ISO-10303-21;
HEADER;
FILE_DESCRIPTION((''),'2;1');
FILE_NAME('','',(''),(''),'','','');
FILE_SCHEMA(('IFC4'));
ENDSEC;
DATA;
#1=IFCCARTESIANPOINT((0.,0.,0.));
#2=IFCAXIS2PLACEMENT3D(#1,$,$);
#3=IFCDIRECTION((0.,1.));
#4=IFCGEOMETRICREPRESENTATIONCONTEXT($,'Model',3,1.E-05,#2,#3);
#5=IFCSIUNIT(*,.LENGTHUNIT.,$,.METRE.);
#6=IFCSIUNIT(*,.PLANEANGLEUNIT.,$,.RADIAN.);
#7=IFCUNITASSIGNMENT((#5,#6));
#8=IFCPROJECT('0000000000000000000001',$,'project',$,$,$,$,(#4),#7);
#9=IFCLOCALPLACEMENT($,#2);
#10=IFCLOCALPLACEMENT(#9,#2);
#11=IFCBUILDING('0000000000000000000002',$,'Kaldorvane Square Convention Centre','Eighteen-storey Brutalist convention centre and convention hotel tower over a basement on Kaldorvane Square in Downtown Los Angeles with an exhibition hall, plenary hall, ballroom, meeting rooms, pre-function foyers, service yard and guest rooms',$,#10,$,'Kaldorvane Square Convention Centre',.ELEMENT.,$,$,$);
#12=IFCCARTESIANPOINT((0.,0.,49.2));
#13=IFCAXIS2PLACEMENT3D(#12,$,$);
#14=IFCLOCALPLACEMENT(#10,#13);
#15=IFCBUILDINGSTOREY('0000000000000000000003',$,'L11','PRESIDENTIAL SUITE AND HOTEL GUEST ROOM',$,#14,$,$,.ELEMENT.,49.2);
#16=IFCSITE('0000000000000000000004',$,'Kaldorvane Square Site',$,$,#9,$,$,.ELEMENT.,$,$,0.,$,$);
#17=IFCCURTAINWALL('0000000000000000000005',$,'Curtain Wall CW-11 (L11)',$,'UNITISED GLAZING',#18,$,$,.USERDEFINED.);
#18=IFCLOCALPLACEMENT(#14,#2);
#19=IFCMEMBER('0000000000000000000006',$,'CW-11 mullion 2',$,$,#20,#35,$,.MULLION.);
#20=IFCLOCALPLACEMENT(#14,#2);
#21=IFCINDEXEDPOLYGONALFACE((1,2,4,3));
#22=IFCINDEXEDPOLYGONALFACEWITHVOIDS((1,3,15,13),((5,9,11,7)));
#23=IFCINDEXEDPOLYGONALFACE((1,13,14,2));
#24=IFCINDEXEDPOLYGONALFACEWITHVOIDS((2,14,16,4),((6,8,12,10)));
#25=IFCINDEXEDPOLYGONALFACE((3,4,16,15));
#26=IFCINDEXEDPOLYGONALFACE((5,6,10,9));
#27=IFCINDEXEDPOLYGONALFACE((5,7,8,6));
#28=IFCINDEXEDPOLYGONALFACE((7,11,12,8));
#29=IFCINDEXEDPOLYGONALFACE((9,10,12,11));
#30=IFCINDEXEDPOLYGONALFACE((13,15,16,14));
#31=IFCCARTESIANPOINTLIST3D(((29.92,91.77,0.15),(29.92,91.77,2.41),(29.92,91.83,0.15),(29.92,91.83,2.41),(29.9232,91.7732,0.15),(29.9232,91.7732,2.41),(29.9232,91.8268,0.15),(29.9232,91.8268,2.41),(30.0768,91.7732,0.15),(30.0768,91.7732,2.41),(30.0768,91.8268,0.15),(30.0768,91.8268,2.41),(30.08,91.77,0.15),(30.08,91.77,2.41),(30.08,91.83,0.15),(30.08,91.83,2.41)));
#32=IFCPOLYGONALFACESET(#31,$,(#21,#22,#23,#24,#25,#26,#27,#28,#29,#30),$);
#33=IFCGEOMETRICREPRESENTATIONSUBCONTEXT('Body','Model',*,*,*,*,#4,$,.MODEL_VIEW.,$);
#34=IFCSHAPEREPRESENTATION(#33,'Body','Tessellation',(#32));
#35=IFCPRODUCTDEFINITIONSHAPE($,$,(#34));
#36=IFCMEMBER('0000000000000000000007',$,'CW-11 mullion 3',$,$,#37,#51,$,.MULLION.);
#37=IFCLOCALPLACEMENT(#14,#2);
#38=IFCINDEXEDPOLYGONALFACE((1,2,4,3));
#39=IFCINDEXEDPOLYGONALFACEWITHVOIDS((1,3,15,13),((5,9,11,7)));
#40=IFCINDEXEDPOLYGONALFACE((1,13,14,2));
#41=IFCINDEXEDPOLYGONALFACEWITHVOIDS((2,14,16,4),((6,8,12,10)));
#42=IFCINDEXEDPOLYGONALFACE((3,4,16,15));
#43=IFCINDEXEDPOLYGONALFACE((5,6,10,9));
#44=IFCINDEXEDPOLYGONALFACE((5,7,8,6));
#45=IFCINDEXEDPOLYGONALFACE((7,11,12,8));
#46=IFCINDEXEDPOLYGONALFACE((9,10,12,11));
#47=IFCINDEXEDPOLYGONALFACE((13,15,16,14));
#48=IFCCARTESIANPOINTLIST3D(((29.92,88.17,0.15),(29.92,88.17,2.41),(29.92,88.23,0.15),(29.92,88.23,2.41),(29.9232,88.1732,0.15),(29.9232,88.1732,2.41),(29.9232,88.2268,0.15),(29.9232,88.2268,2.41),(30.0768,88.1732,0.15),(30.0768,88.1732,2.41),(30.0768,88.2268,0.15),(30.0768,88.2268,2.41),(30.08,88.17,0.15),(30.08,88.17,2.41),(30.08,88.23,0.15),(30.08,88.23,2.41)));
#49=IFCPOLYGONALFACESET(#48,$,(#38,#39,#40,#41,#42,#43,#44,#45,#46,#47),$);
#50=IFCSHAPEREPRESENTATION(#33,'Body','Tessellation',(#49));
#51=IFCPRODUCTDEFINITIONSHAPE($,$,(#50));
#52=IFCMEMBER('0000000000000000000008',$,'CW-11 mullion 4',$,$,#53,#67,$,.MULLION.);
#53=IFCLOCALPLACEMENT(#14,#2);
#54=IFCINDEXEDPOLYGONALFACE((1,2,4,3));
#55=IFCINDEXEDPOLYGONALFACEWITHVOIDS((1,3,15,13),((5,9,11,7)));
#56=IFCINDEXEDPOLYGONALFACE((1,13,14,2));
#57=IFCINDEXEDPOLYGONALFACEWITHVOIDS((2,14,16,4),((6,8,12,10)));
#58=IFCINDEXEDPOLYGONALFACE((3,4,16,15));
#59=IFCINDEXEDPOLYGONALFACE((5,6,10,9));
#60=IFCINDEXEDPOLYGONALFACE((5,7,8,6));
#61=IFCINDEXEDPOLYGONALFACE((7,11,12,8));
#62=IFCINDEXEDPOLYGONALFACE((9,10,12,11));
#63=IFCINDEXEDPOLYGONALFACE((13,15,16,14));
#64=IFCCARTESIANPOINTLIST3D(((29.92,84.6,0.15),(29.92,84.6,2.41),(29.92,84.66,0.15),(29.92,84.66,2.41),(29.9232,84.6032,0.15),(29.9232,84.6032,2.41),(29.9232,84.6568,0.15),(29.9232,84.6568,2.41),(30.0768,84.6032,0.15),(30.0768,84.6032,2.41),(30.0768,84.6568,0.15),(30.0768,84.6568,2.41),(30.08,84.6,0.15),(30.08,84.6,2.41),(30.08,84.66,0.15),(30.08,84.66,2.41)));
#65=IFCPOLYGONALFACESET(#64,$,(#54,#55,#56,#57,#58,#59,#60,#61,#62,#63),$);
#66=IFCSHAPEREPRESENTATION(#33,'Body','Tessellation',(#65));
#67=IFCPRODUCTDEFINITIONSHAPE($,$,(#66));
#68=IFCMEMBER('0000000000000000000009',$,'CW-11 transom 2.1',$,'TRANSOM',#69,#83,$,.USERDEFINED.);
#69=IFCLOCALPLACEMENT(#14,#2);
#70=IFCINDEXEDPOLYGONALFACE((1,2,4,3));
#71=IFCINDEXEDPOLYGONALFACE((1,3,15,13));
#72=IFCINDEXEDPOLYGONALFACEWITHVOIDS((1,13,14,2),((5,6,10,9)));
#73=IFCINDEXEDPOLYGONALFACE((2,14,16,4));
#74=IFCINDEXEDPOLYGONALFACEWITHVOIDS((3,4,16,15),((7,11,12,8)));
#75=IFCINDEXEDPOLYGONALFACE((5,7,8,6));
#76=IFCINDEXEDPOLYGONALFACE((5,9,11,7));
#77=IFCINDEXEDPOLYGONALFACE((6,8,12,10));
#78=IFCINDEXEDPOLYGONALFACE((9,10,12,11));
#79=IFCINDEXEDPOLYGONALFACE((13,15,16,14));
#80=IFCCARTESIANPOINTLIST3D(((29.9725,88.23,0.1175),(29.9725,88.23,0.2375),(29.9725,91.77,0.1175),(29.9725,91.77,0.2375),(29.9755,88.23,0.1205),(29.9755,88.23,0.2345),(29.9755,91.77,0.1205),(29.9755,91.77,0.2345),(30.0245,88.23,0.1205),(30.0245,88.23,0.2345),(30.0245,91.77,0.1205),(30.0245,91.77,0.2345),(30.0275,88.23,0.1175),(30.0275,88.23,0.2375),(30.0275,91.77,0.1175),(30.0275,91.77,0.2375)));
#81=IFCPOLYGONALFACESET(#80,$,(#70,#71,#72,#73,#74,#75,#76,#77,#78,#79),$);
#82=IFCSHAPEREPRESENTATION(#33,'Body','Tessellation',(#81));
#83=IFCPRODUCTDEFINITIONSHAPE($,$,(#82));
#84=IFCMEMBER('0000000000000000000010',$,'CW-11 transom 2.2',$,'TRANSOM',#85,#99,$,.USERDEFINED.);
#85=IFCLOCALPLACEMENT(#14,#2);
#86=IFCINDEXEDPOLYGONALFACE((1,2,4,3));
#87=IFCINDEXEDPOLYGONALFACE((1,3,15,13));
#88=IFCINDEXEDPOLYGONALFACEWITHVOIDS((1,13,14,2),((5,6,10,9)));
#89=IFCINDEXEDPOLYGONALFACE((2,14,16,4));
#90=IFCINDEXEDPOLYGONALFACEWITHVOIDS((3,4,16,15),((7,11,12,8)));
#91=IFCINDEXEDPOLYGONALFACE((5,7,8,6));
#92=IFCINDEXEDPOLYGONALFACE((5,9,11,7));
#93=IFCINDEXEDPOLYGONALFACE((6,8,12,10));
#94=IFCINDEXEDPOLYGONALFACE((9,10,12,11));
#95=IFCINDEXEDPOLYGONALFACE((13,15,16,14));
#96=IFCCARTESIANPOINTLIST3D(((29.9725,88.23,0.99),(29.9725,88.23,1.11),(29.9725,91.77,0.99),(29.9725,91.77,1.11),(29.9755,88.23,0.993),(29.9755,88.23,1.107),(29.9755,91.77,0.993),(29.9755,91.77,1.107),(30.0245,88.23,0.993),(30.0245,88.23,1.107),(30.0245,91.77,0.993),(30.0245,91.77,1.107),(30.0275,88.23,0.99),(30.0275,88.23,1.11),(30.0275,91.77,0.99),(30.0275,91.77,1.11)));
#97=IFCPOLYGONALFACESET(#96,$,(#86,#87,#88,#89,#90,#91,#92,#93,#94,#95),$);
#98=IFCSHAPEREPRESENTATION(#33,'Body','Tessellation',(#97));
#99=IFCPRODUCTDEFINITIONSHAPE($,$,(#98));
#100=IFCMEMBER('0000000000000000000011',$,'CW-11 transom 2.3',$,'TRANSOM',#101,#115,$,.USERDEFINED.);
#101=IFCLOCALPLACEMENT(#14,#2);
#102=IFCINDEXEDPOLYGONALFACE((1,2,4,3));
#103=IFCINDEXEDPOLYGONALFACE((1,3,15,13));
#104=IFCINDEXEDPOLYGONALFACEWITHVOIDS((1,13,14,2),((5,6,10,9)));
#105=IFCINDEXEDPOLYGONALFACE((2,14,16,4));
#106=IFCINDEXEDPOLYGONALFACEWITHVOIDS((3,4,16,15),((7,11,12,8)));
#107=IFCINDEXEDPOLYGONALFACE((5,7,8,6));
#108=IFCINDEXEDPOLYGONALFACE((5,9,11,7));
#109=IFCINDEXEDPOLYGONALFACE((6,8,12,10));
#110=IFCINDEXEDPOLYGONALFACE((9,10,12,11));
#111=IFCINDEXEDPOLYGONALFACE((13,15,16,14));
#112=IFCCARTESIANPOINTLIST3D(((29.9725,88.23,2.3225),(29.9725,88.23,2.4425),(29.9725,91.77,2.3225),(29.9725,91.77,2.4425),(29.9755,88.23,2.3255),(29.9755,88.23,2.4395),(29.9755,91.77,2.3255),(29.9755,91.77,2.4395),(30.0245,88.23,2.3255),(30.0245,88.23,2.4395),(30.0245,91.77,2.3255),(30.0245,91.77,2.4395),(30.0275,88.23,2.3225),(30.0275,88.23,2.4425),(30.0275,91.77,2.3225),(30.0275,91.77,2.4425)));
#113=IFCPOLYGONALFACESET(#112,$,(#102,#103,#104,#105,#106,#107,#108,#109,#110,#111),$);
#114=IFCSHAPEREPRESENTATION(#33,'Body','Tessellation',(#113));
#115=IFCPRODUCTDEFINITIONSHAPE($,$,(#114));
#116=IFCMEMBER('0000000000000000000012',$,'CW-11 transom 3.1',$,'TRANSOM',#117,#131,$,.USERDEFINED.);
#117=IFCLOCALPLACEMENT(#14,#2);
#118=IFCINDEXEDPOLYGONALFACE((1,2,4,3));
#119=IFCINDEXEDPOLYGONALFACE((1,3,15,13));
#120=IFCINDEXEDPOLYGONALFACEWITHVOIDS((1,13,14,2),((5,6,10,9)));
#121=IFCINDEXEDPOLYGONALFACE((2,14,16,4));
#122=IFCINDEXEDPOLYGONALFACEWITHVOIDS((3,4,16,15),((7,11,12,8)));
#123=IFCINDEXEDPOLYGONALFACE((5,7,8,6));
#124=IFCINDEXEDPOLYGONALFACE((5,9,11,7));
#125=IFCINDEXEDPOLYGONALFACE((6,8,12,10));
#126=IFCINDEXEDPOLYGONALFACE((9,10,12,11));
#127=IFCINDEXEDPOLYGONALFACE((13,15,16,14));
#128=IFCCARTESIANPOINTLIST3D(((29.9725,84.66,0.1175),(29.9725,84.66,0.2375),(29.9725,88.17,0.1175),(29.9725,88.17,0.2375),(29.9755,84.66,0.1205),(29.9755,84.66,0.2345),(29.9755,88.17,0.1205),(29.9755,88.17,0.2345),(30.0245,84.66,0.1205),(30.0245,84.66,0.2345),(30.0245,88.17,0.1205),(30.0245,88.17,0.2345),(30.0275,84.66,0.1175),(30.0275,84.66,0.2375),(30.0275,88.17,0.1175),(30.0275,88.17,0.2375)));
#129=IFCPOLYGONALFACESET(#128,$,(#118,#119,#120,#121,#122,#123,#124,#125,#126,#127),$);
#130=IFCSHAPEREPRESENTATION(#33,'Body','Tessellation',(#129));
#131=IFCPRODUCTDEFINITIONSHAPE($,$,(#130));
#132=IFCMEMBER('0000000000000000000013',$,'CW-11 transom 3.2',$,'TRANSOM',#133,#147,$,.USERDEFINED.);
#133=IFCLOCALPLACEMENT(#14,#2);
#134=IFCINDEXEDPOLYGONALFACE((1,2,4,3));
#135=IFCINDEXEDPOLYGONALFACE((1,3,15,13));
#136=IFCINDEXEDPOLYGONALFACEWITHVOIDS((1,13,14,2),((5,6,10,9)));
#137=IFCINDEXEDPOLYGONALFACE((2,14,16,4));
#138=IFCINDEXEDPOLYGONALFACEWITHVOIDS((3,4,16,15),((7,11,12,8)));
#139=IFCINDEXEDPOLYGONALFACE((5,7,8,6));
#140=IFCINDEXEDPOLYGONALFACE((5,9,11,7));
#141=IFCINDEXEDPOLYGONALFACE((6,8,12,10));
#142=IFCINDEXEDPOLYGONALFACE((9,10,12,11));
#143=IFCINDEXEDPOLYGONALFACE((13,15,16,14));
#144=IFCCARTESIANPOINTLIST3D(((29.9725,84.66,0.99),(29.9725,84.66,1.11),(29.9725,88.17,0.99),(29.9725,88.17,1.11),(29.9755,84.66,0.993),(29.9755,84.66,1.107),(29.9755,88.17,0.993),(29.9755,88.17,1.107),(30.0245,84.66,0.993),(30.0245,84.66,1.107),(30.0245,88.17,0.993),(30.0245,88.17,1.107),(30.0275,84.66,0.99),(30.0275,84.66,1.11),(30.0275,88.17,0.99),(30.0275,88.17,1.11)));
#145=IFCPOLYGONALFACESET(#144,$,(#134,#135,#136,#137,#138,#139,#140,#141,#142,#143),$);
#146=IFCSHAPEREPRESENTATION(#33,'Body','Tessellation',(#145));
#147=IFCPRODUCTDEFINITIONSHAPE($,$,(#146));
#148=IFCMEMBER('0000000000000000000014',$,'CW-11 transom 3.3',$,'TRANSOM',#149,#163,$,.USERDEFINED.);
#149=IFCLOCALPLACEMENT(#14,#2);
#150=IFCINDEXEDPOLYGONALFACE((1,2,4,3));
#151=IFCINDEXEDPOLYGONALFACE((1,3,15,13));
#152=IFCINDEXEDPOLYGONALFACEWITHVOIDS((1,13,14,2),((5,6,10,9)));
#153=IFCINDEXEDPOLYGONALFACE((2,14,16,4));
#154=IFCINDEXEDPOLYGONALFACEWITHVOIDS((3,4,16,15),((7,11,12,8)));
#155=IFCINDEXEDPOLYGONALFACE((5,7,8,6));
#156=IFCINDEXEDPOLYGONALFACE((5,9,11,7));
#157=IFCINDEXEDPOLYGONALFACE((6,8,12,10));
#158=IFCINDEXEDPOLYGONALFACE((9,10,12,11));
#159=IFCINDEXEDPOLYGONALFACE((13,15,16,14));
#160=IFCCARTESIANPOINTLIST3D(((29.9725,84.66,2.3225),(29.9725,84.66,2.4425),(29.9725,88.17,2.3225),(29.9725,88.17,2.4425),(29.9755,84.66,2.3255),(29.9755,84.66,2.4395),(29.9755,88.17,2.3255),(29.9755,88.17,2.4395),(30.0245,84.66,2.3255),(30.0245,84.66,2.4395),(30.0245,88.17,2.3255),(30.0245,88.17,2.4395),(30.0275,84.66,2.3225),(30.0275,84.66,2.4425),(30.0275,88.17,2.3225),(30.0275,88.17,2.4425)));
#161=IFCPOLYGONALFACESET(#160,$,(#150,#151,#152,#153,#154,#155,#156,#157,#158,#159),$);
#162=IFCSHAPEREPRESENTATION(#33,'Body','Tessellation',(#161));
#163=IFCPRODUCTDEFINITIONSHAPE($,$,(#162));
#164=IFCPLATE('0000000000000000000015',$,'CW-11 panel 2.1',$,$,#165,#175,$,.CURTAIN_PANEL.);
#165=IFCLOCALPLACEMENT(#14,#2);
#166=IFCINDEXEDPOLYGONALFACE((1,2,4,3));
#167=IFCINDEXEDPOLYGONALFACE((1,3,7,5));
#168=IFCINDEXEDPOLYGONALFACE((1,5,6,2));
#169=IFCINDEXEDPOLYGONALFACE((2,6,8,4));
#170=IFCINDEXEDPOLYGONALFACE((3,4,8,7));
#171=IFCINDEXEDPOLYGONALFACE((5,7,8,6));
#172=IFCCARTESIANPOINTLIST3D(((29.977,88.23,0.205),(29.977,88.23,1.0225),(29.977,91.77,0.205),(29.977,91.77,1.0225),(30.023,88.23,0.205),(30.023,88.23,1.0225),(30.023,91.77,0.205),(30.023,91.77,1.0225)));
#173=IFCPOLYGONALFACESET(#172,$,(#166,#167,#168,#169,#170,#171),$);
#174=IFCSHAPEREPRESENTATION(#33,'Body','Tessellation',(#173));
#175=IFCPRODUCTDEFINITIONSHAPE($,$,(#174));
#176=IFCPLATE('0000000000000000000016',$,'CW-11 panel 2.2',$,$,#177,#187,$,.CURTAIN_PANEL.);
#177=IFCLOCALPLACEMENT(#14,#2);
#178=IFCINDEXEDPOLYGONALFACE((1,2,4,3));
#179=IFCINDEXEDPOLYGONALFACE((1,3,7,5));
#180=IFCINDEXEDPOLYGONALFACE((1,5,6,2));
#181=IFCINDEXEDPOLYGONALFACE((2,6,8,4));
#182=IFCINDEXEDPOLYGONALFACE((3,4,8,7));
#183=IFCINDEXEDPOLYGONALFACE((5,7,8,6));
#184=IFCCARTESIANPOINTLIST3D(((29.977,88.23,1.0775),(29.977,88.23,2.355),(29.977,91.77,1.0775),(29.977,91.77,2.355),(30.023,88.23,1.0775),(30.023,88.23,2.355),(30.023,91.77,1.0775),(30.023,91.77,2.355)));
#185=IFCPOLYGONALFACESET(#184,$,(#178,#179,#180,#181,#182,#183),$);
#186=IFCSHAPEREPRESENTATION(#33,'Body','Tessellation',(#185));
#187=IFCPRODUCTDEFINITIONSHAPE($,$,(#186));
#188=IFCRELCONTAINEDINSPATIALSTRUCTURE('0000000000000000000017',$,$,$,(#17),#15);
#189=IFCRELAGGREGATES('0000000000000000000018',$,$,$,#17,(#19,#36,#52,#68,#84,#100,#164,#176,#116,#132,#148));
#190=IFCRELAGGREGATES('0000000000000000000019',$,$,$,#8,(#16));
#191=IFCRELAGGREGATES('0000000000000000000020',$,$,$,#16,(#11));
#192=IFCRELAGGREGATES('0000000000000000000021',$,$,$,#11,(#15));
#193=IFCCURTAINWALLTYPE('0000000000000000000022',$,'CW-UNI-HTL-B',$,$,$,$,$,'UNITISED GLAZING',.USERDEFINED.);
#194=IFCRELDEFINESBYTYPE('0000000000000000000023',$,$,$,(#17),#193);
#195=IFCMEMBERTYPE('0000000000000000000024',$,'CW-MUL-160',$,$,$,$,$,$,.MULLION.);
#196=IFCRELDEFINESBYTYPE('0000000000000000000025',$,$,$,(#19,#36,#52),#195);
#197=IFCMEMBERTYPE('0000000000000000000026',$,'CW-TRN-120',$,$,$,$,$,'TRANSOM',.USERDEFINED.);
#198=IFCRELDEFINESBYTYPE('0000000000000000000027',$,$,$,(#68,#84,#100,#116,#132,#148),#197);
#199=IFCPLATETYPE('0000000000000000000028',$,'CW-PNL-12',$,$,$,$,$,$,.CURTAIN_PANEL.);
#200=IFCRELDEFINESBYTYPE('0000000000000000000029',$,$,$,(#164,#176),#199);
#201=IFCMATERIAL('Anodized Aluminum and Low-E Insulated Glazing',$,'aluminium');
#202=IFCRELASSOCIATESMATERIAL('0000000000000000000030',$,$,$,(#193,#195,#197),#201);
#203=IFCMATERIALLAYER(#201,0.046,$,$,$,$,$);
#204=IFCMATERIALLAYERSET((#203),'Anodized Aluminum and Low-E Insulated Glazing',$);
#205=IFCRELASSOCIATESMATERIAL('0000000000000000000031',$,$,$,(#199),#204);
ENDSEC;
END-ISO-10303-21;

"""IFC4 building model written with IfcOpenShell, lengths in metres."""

from ifc_helpers import new_model, si_unit, direction, frame, origin, origin_2d, place, context, subcontext, project, spatial, rectangle, hollow_rectangle, extrude, material, layer, layer_set, material_profile, profile_set, type_object, element, aggregate, save


model = new_model("IFC4")

# Units and contexts
model_context = context("Model", 3, precision=1e-05, world=origin(), true_north=direction((0.0, 1.0)))
body_context = subcontext(model_context, "Body", "Model", "MODEL_VIEW")
ifc_project = project(units=[si_unit("LENGTHUNIT", "METRE"), si_unit("PLANEANGLEUNIT", "RADIAN")], contexts=[model_context])

# Site, building, storey
site_placement = place(None, origin())
site = spatial("IfcSite", under=ifc_project, at=site_placement, Name="Kaldorvane Square Site", CompositionType="ELEMENT", RefElevation=0.0)
building_placement = place(site_placement, origin())
building = spatial("IfcBuilding", under=site, at=building_placement, Name="Kaldorvane Square Convention Centre", Description="Eighteen-storey Brutalist convention centre and convention hotel tower over a basement on Kaldorvane Square in Downtown Los Angeles with an exhibition hall, plenary hall, ballroom, meeting rooms, pre-function foyers, service yard and guest rooms", LongName="Kaldorvane Square Convention Centre", CompositionType="ELEMENT")
storey_placement = place(building_placement, frame((0.0, 0.0, 49.2)))
storey = spatial("IfcBuildingStorey", under=building, at=storey_placement, Name="L11", Description="PRESIDENTIAL SUITE AND HOTEL GUEST ROOM", CompositionType="ELEMENT", Elevation=49.2)

# Curtain wall, members, plates
ifc_material_1 = material(Name="Anodized Aluminum and Low-E Insulated Glazing", Category="aluminium")
curtain_wall_type = type_object("IfcCurtainWallType", Name="CW-UNI-HTL-B", ElementType="UNITISED GLAZING", PredefinedType="USERDEFINED", material=ifc_material_1)
curtain_wall_placement = place(storey_placement, origin())
curtain_wall = element("IfcCurtainWall", 1, at=curtain_wall_placement, inside=storey, type_object=curtain_wall_type, Name="Curtain Wall CW-11 (L11)", ObjectType="UNITISED GLAZING", PredefinedType="USERDEFINED")
ifc_material_profile_1 = material_profile(ifc_material_1, hollow_rectangle(XDim=0.06, YDim=0.16, WallThickness=0.0032, at=origin_2d()), Name="CWM-160X60")
ifc_profile_set_1 = profile_set([ifc_material_profile_1], Name="Anodized Aluminum and Low-E Insulated Glazing")
member_type_1 = type_object("IfcMemberType", Name="CW-MUL-160", PredefinedType="MULLION", material=ifc_profile_set_1)
member_1_placement = place(storey_placement, frame((30.0, 91.8, 0.15), z_axis=(0.0, 0.0, 1.0), x_axis=(0.0, -1.0, 0.0)))
member_1 = element("IfcMember", 2, at=member_1_placement, type_object=member_type_1, Name="CW-11 mullion 2", PredefinedType="MULLION", context=body_context, shape_type="SweptSolid", body=[
    extrude(hollow_rectangle(XDim=0.06, YDim=0.16, WallThickness=0.0032, at=origin_2d()), origin(), (0.0, 0.0, 1.0), 2.26),
])
member_2_placement = place(storey_placement, frame((30.0, 88.2, 0.15), z_axis=(0.0, 0.0, 1.0), x_axis=(0.0, -1.0, 0.0)))
member_2 = element("IfcMember", 3, at=member_2_placement, type_object=member_type_1, Name="CW-11 mullion 3", PredefinedType="MULLION", context=body_context, shape_type="SweptSolid", body=[
    extrude(hollow_rectangle(XDim=0.06, YDim=0.16, WallThickness=0.0032, at=origin_2d()), origin(), (0.0, 0.0, 1.0), 2.26),
])
member_3_placement = place(storey_placement, frame((30.0, 84.63, 0.15), z_axis=(0.0, 0.0, 1.0), x_axis=(0.0, -1.0, 0.0)))
member_3 = element("IfcMember", 4, at=member_3_placement, type_object=member_type_1, Name="CW-11 mullion 4", PredefinedType="MULLION", context=body_context, shape_type="SweptSolid", body=[
    extrude(hollow_rectangle(XDim=0.06, YDim=0.16, WallThickness=0.0032, at=origin_2d()), origin(), (0.0, 0.0, 1.0), 2.26),
])
ifc_material_profile_2 = material_profile(ifc_material_1, hollow_rectangle(XDim=0.055, YDim=0.12, WallThickness=0.003, at=origin_2d()), Name="CWT-120X55")
ifc_profile_set_2 = profile_set([ifc_material_profile_2], Name="Anodized Aluminum and Low-E Insulated Glazing")
member_type_2 = type_object("IfcMemberType", Name="CW-TRN-120", ElementType="TRANSOM", PredefinedType="USERDEFINED", material=ifc_profile_set_2)
member_4_placement = place(storey_placement, frame((30.0, 91.77, 0.1775), z_axis=(0.0, -1.0, 0.0), x_axis=(1.0, 0.0, 0.0)))
member_4 = element("IfcMember", 5, at=member_4_placement, type_object=member_type_2, Name="CW-11 transom 2.1", ObjectType="TRANSOM", PredefinedType="USERDEFINED", context=body_context, shape_type="SweptSolid", body=[
    extrude(hollow_rectangle(XDim=0.055, YDim=0.12, WallThickness=0.003, at=origin_2d()), origin(), (0.0, 0.0, 1.0), 3.54),
])
member_5_placement = place(storey_placement, frame((30.0, 91.77, 1.05), z_axis=(0.0, -1.0, 0.0), x_axis=(1.0, 0.0, 0.0)))
member_5 = element("IfcMember", 6, at=member_5_placement, type_object=member_type_2, Name="CW-11 transom 2.2", ObjectType="TRANSOM", PredefinedType="USERDEFINED", context=body_context, shape_type="SweptSolid", body=[
    extrude(hollow_rectangle(XDim=0.055, YDim=0.12, WallThickness=0.003, at=origin_2d()), origin(), (0.0, 0.0, 1.0), 3.54),
])
member_6_placement = place(storey_placement, frame((30.0, 91.77, 2.3825), z_axis=(0.0, -1.0, 0.0), x_axis=(1.0, 0.0, 0.0)))
member_6 = element("IfcMember", 7, at=member_6_placement, type_object=member_type_2, Name="CW-11 transom 2.3", ObjectType="TRANSOM", PredefinedType="USERDEFINED", context=body_context, shape_type="SweptSolid", body=[
    extrude(hollow_rectangle(XDim=0.055, YDim=0.12, WallThickness=0.003, at=origin_2d()), origin(), (0.0, 0.0, 1.0), 3.54),
])
member_7_placement = place(storey_placement, frame((30.0, 88.17, 0.1775), z_axis=(0.0, -1.0, 0.0), x_axis=(1.0, 0.0, 0.0)))
member_7 = element("IfcMember", 8, at=member_7_placement, type_object=member_type_2, Name="CW-11 transom 3.1", ObjectType="TRANSOM", PredefinedType="USERDEFINED", context=body_context, shape_type="SweptSolid", body=[
    extrude(hollow_rectangle(XDim=0.055, YDim=0.12, WallThickness=0.003, at=origin_2d()), origin(), (0.0, 0.0, 1.0), 3.51),
])
member_8_placement = place(storey_placement, frame((30.0, 88.17, 1.05), z_axis=(0.0, -1.0, 0.0), x_axis=(1.0, 0.0, 0.0)))
member_8 = element("IfcMember", 9, at=member_8_placement, type_object=member_type_2, Name="CW-11 transom 3.2", ObjectType="TRANSOM", PredefinedType="USERDEFINED", context=body_context, shape_type="SweptSolid", body=[
    extrude(hollow_rectangle(XDim=0.055, YDim=0.12, WallThickness=0.003, at=origin_2d()), origin(), (0.0, 0.0, 1.0), 3.51),
])
member_9_placement = place(storey_placement, frame((30.0, 88.17, 2.3825), z_axis=(0.0, -1.0, 0.0), x_axis=(1.0, 0.0, 0.0)))
member_9 = element("IfcMember", 10, at=member_9_placement, type_object=member_type_2, Name="CW-11 transom 3.3", ObjectType="TRANSOM", PredefinedType="USERDEFINED", context=body_context, shape_type="SweptSolid", body=[
    extrude(hollow_rectangle(XDim=0.055, YDim=0.12, WallThickness=0.003, at=origin_2d()), origin(), (0.0, 0.0, 1.0), 3.51),
])
ifc_layer_1 = layer(ifc_material_1, 0.046)
ifc_layer_set_1 = layer_set([ifc_layer_1], Name="Anodized Aluminum and Low-E Insulated Glazing")
plate_type = type_object("IfcPlateType", Name="CW-PNL-12", PredefinedType="CURTAIN_PANEL", material=ifc_layer_set_1)
plate_1_placement = place(storey_placement, frame((30.0, 90.0, 0.205), z_axis=(0.0, 0.0, 1.0), x_axis=(0.0, -1.0, 0.0)))
plate_1 = element("IfcPlate", 11, at=plate_1_placement, type_object=plate_type, Name="CW-11 panel 2.1", PredefinedType="CURTAIN_PANEL", context=body_context, shape_type="SweptSolid", body=[
    extrude(rectangle(XDim=3.54, YDim=0.046, at=origin_2d()), origin(), (0.0, 0.0, 1.0), 0.8175),
])
plate_2_placement = place(storey_placement, frame((30.0, 90.0, 1.0775), z_axis=(0.0, 0.0, 1.0), x_axis=(0.0, -1.0, 0.0)))
plate_2 = element("IfcPlate", 12, at=plate_2_placement, type_object=plate_type, Name="CW-11 panel 2.2", PredefinedType="CURTAIN_PANEL", context=body_context, shape_type="SweptSolid", body=[
    extrude(rectangle(XDim=3.54, YDim=0.046, at=origin_2d()), origin(), (0.0, 0.0, 1.0), 1.2775),
])
aggregate(curtain_wall, [member_1, member_2, member_3, member_4, member_5, member_6, plate_1, plate_2, member_7, member_8, member_9])

save(model, "model.ifc")
